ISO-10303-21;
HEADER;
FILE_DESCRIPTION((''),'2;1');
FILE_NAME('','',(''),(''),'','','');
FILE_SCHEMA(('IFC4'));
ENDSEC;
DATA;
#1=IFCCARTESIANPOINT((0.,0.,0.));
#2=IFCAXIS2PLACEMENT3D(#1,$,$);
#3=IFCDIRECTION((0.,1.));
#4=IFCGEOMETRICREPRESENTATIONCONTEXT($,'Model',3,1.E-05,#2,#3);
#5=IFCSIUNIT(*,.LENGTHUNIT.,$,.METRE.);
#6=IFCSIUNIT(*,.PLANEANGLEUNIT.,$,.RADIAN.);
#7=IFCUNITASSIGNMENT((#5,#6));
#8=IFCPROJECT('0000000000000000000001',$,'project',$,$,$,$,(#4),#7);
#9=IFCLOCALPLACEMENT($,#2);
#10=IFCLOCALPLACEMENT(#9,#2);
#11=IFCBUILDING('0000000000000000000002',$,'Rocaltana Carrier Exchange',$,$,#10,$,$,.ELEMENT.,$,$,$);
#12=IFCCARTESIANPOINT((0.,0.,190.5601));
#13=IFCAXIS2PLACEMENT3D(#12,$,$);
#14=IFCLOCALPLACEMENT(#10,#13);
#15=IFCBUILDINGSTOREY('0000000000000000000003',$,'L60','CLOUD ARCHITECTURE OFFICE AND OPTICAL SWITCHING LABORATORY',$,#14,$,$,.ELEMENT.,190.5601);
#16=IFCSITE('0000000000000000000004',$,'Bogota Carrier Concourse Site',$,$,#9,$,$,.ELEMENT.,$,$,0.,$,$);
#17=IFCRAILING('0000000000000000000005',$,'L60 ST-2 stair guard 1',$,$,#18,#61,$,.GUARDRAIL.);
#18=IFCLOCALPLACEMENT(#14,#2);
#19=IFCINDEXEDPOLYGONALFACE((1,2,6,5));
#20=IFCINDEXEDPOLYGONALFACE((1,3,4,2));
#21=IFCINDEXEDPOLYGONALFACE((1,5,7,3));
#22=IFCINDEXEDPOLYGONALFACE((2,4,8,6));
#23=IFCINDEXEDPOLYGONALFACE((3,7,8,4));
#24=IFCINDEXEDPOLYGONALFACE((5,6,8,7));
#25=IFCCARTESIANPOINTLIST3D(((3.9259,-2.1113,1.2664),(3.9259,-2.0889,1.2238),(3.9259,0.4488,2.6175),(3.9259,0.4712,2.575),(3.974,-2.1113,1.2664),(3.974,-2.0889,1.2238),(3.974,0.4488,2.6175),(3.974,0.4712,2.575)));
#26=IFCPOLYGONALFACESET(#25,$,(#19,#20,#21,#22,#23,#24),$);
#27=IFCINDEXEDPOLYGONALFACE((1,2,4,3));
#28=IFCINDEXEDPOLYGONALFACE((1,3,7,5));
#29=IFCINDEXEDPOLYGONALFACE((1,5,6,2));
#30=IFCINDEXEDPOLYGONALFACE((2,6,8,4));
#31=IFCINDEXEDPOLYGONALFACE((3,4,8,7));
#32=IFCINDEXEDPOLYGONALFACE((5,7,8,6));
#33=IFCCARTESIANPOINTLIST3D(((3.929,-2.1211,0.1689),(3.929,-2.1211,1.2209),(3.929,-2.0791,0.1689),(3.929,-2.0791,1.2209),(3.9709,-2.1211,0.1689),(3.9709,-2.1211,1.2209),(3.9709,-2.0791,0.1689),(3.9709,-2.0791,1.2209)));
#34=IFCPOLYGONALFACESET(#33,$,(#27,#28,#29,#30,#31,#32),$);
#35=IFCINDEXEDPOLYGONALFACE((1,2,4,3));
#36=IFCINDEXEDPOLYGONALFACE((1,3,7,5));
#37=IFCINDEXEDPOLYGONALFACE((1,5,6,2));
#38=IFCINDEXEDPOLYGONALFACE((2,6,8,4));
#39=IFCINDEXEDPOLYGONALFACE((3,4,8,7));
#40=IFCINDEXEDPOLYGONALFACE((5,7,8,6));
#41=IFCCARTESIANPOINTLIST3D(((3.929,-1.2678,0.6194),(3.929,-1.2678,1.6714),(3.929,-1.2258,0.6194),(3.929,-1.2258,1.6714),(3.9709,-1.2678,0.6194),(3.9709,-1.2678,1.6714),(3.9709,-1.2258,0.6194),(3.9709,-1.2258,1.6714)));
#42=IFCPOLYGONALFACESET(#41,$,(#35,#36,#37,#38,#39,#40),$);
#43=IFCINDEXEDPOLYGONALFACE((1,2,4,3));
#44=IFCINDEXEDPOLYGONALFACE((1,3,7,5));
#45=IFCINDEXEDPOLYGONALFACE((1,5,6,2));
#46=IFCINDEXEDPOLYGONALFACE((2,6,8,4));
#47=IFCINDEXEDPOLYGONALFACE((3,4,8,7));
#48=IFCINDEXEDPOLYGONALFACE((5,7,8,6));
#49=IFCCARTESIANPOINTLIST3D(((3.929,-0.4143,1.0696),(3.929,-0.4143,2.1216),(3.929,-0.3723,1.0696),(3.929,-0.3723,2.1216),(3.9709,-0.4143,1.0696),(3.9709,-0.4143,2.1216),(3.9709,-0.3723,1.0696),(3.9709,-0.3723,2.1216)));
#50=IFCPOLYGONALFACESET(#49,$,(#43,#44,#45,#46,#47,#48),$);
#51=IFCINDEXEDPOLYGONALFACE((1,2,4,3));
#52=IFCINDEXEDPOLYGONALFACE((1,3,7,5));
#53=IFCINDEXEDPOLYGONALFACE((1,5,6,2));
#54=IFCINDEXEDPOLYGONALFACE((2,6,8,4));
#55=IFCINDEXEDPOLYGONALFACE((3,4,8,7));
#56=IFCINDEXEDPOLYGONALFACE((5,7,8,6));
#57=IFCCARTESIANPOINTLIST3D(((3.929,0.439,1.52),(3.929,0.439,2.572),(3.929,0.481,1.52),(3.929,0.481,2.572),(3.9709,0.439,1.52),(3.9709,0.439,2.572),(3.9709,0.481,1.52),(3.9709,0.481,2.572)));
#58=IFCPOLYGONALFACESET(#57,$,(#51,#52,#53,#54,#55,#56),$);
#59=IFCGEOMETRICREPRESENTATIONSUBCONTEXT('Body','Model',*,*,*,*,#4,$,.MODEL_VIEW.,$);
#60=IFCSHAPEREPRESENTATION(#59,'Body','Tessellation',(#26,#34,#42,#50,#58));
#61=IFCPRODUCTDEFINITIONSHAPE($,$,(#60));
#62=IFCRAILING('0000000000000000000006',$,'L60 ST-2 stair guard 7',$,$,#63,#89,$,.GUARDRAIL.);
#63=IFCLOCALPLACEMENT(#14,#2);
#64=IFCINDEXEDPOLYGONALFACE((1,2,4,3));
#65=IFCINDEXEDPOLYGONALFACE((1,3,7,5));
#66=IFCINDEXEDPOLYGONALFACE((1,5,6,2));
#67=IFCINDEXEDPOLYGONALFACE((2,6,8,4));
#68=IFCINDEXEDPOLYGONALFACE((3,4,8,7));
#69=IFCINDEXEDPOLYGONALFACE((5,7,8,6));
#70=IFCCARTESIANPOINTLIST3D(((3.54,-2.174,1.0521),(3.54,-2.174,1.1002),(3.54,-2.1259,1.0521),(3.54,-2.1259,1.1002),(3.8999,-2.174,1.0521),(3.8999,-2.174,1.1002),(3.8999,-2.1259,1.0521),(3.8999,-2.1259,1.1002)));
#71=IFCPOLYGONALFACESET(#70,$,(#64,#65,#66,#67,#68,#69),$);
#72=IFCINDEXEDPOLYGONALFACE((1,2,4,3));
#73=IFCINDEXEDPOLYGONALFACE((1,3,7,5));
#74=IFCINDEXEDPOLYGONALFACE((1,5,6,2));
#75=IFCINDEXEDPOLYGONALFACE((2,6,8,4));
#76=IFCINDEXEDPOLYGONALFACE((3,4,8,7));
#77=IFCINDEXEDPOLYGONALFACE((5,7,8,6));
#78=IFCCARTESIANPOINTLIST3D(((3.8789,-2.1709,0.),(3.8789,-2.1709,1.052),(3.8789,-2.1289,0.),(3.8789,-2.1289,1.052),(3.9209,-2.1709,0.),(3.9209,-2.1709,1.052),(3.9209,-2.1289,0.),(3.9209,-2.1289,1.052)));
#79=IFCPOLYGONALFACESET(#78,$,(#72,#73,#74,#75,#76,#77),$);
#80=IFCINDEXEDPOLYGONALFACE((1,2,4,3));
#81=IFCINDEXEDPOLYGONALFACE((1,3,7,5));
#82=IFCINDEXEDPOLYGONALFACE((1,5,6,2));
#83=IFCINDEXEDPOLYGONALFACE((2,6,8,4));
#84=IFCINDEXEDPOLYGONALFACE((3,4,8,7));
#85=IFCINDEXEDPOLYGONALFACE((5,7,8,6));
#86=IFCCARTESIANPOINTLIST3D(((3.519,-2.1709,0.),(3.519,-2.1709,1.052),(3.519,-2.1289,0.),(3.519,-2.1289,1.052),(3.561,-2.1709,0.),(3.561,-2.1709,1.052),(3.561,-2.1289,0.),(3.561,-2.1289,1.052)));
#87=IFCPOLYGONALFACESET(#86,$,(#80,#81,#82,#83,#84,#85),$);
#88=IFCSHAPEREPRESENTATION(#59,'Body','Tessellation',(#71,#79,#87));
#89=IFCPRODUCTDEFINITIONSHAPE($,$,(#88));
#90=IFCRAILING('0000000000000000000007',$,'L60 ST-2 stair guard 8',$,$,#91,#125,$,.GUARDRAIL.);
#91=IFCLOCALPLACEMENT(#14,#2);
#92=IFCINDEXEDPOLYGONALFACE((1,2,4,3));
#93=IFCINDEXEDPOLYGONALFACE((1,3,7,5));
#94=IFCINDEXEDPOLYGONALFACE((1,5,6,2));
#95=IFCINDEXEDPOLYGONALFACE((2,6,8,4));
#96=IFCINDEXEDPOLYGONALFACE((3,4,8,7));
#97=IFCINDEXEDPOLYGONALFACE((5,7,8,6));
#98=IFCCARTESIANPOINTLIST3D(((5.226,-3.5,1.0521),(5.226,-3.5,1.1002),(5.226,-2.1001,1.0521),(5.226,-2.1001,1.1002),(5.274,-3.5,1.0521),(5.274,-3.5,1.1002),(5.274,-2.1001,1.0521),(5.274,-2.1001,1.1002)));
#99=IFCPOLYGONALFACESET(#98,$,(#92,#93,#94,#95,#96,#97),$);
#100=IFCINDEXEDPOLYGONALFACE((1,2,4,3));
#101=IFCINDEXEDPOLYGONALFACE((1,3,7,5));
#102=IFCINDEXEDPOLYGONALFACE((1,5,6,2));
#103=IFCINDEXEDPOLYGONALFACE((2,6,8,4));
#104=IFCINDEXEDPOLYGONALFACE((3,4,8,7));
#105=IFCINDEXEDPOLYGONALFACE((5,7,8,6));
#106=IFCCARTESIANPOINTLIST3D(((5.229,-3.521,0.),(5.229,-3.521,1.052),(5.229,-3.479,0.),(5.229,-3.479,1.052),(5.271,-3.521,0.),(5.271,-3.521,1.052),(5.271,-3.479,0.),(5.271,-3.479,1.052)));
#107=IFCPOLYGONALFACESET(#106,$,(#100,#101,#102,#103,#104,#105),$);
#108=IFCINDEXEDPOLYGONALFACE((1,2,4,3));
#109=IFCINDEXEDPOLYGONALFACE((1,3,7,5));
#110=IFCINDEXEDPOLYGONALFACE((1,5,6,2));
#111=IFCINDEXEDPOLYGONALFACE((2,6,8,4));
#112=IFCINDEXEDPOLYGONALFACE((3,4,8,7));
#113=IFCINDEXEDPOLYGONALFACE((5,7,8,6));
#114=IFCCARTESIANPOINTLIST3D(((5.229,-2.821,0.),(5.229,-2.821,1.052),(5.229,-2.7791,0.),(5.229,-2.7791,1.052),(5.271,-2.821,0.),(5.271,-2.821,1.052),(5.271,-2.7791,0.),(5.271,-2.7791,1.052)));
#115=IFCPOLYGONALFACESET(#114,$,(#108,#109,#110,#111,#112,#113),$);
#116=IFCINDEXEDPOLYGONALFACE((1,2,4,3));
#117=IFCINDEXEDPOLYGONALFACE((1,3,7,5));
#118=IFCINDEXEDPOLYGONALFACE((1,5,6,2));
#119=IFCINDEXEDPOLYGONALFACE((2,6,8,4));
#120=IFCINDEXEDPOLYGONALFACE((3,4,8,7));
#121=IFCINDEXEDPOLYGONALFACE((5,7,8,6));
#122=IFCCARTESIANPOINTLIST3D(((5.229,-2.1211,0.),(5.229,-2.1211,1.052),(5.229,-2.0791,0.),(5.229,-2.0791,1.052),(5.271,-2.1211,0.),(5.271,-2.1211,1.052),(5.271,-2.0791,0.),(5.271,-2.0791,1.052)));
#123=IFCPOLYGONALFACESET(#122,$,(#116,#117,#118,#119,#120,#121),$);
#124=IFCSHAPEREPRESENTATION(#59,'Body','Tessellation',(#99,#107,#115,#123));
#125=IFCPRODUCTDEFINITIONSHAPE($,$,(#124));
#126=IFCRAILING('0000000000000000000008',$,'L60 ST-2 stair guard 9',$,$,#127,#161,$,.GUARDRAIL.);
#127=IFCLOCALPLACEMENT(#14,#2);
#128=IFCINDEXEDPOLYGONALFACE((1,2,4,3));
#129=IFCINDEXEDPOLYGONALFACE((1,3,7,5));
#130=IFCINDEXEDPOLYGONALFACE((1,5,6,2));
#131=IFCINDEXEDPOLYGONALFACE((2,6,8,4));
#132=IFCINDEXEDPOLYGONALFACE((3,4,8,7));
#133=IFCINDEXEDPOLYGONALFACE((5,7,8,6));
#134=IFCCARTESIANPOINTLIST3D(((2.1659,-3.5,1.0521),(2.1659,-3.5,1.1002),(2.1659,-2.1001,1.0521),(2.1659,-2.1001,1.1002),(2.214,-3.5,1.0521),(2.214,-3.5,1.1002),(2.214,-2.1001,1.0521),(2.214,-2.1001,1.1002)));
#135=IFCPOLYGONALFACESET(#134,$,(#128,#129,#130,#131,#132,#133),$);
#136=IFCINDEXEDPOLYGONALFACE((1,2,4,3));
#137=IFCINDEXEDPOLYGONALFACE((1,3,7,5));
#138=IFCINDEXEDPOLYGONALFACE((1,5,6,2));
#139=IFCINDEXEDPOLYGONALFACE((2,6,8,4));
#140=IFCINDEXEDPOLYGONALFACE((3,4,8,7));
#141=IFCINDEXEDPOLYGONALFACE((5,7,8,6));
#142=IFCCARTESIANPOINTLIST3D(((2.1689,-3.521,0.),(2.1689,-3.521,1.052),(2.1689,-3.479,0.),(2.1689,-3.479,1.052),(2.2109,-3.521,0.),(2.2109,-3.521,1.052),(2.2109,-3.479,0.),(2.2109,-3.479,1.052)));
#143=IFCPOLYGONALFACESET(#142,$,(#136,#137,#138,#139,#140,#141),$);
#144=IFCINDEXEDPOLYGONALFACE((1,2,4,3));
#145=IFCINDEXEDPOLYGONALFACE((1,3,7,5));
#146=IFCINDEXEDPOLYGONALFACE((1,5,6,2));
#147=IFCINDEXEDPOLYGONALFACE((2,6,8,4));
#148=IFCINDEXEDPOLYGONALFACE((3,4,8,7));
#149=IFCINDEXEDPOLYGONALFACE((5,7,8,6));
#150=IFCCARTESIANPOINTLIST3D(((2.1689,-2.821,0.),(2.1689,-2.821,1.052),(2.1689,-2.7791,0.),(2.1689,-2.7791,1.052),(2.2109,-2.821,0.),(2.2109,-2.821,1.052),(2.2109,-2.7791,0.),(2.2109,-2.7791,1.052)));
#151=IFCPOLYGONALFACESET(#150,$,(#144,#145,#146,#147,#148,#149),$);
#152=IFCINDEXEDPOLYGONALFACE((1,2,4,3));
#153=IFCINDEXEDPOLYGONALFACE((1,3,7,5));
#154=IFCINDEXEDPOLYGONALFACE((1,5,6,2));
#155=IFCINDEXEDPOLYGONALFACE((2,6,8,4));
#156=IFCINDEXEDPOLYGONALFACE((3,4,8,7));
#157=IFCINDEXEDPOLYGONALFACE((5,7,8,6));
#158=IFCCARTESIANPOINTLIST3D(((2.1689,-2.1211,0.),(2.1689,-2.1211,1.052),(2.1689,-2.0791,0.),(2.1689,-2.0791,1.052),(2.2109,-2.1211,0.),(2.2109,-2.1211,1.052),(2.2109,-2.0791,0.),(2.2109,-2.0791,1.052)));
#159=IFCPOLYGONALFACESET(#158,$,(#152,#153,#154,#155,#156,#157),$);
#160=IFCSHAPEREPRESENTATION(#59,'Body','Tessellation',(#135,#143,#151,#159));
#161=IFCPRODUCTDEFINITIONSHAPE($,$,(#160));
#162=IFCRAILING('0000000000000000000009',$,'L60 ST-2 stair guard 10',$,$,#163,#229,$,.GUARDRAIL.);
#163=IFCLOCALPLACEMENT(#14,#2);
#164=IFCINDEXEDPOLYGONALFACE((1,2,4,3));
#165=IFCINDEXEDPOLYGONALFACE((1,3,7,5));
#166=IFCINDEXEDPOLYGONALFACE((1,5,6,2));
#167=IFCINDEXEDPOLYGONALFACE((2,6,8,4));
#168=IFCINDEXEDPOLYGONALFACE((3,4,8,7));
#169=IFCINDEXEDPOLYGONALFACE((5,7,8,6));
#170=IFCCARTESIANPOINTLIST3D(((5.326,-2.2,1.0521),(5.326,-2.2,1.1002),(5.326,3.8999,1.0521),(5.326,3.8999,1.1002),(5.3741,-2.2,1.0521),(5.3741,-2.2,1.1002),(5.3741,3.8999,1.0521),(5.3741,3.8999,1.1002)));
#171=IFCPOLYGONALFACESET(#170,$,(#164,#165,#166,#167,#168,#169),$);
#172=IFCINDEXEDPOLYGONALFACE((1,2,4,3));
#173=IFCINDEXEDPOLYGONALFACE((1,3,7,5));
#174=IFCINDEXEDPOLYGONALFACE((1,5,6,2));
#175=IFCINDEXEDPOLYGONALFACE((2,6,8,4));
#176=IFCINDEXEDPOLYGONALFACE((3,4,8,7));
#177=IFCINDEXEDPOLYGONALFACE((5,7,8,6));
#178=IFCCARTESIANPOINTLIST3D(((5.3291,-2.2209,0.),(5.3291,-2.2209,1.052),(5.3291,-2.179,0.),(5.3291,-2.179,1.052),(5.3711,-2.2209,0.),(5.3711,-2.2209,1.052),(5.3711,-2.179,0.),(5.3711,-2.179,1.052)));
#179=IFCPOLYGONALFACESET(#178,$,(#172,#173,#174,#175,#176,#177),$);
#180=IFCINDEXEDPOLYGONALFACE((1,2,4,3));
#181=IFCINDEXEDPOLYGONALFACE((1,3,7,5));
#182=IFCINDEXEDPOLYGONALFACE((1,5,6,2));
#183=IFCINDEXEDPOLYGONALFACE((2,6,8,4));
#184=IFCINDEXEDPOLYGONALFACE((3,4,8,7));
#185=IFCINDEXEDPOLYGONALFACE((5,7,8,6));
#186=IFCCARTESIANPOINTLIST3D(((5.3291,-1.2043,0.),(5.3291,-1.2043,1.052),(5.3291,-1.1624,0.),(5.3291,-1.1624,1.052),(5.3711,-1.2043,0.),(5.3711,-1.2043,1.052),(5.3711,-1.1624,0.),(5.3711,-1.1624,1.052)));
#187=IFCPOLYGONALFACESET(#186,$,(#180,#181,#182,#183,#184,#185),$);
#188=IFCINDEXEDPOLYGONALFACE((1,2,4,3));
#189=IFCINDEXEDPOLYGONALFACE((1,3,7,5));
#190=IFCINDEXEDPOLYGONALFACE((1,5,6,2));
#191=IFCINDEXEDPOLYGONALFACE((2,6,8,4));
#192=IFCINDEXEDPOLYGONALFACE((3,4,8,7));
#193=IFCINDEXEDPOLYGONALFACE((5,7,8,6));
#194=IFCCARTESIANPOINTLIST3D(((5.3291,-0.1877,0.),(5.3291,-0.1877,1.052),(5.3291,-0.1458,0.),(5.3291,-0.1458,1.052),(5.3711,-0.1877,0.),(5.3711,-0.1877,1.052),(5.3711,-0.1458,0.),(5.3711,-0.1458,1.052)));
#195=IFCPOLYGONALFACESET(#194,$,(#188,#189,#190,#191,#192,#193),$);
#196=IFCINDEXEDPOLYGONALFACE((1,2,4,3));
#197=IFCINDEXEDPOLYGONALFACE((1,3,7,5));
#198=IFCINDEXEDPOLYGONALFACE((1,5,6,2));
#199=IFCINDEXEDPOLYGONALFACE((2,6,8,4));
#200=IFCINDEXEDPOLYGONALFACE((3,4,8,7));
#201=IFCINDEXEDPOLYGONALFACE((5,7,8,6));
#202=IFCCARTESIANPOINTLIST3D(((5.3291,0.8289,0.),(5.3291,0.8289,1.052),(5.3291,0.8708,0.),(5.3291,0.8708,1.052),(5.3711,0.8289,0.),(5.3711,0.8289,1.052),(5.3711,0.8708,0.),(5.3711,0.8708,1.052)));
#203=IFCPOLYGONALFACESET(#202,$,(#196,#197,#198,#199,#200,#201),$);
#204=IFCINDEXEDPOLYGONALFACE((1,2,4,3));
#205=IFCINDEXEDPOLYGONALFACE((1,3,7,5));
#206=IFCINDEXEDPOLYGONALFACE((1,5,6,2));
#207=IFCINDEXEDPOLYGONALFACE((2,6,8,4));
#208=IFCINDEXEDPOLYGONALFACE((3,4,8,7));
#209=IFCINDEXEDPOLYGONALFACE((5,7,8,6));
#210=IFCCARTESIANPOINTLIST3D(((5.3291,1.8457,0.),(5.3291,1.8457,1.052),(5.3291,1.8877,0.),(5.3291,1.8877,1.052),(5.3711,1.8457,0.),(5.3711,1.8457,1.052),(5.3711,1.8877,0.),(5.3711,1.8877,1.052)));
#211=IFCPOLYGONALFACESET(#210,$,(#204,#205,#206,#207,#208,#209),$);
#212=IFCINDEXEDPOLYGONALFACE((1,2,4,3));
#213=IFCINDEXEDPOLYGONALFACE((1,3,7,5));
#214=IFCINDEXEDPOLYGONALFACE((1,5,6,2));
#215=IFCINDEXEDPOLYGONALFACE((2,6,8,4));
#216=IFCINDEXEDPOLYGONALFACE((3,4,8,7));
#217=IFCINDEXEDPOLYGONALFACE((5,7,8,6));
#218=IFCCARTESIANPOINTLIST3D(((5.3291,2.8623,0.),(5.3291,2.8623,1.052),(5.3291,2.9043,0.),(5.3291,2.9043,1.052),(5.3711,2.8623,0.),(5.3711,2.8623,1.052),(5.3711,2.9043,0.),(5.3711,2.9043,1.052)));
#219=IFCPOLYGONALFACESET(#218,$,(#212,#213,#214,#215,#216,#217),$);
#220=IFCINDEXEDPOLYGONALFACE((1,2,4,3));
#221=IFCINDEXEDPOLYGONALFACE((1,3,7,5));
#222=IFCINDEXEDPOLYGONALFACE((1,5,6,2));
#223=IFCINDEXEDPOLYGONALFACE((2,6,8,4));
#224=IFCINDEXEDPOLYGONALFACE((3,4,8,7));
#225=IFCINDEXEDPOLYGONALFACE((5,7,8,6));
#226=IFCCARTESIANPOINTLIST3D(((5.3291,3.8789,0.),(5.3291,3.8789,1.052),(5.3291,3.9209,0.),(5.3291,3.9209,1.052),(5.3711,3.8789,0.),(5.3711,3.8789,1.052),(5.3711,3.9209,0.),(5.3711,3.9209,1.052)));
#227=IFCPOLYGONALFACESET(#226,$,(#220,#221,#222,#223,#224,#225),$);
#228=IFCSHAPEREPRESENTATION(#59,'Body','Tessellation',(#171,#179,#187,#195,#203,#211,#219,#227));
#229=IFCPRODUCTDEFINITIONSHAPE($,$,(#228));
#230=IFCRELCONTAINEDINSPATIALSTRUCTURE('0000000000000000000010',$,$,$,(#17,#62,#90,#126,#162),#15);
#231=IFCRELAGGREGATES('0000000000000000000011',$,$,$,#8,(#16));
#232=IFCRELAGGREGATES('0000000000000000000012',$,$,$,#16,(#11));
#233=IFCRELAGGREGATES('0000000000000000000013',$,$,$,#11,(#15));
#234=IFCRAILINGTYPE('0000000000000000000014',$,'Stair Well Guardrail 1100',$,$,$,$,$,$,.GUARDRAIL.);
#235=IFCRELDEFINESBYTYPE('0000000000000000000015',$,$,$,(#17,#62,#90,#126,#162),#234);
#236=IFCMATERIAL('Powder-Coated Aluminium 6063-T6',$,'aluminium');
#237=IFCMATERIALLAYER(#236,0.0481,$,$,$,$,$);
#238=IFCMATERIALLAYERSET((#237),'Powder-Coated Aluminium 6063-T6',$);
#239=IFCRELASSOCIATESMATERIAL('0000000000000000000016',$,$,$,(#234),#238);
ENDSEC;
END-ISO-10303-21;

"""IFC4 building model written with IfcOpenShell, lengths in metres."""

from ifc_helpers import new_model, si_unit, direction, frame, origin, origin_2d, place, context, subcontext, project, spatial, rectangle, extrude, material, layer, layer_set, type_object, element, save


model = new_model("IFC4")

# Units and contexts
model_context = context("Model", 3, precision=1e-05, world=origin(), true_north=direction((0.0, 1.0)))
body_context = subcontext(model_context, "Body", "Model", "MODEL_VIEW")
ifc_project = project(units=[si_unit("LENGTHUNIT", "METRE"), si_unit("PLANEANGLEUNIT", "RADIAN")], contexts=[model_context])

# Site, building, storey
site_placement = place(None, origin())
site = spatial("IfcSite", under=ifc_project, at=site_placement, Name="Bogota Carrier Concourse Site", CompositionType="ELEMENT", RefElevation=0.0)
building_placement = place(site_placement, origin())
building = spatial("IfcBuilding", under=site, at=building_placement, Name="Rocaltana Carrier Exchange", CompositionType="ELEMENT")
storey_placement = place(building_placement, frame((0.0, 0.0, 190.5601)))
storey = spatial("IfcBuildingStorey", under=building, at=storey_placement, Name="L60", Description="CLOUD ARCHITECTURE OFFICE AND OPTICAL SWITCHING LABORATORY", CompositionType="ELEMENT", Elevation=190.5601)

# Railings
ifc_material_1 = material(Name="Powder-Coated Aluminium 6063-T6", Category="aluminium")
ifc_layer_1 = layer(ifc_material_1, 0.0481)
ifc_layer_set_1 = layer_set([ifc_layer_1], Name="Powder-Coated Aluminium 6063-T6")
railing_type_1 = type_object("IfcRailingType", Name="Stair Well Guardrail 1100", PredefinedType="GUARDRAIL", material=ifc_layer_set_1)
railing_1_placement = place(storey_placement, frame((3.95, -2.1001, 0.1689)))
element("IfcRailing", 1, at=railing_1_placement, inside=storey, type_object=railing_type_1, Name="L60 ST-2 stair guard 1", PredefinedType="GUARDRAIL", context=body_context, shape_type="SweptSolid", body=[
    extrude(rectangle(XDim=0.0481, YDim=0.0481, at=origin_2d()), frame((0.0, 0.0, 1.0762), z_axis=(0.0, 0.884394, 0.46674), x_axis=(-1.0, 0.0, 0.0)), (0.0, 0.0, 1.0), 2.8948),
    extrude(rectangle(XDim=0.042, YDim=0.042, at=origin_2d()), origin(), (0.0, 0.0, 1.0), 1.052),
    extrude(rectangle(XDim=0.042, YDim=0.042, at=origin_2d()), frame((0.0, 0.8533, 0.4504)), (0.0, 0.0, 1.0), 1.052),
    extrude(rectangle(XDim=0.042, YDim=0.042, at=origin_2d()), frame((0.0, 1.7068, 0.9006)), (0.0, 0.0, 1.0), 1.052),
    extrude(rectangle(XDim=0.042, YDim=0.042, at=origin_2d()), frame((0.0, 2.5601, 1.3511)), (0.0, 0.0, 1.0), 1.052),
])
railing_2_placement = place(storey_placement, frame((3.8999, -2.1499, 0.0)))
element("IfcRailing", 2, at=railing_2_placement, inside=storey, type_object=railing_type_1, Name="L60 ST-2 stair guard 7", PredefinedType="GUARDRAIL", context=body_context, shape_type="SweptSolid", body=[
    extrude(rectangle(XDim=0.0481, YDim=0.0481, at=origin_2d()), frame((0.0, 0.0, 1.0762), z_axis=(-1.0, 0.0, 0.0), x_axis=(0.0, -1.0, 0.0)), (0.0, 0.0, 1.0), 0.3599),
    extrude(rectangle(XDim=0.042, YDim=0.042, at=origin_2d()), origin(), (0.0, 0.0, 1.0), 1.052),
    extrude(rectangle(XDim=0.042, YDim=0.042, at=origin_2d()), frame((-0.3599, 0.0, 0.0)), (0.0, 0.0, 1.0), 1.052),
])
for number, where, name in (
    (3, (5.25, -3.5, 0.0), "L60 ST-2 stair guard 8"),
    (4, (2.1899, -3.5, 0.0), "L60 ST-2 stair guard 9"),
):
    element("IfcRailing", number, at=place(storey_placement, frame(where)), inside=storey, type_object=railing_type_1, Name=name, PredefinedType="GUARDRAIL", context=body_context, shape_type="SweptSolid", body=[
        extrude(rectangle(XDim=0.0481, YDim=0.0481, at=origin_2d()), frame((0.0, 0.0, 1.0762), z_axis=(0.0, 1.0, 0.0), x_axis=(-1.0, 0.0, 0.0)), (0.0, 0.0, 1.0), 1.3999),
        extrude(rectangle(XDim=0.042, YDim=0.042, at=origin_2d()), origin(), (0.0, 0.0, 1.0), 1.052),
        extrude(rectangle(XDim=0.042, YDim=0.042, at=origin_2d()), frame((0.0, 0.7, 0.0)), (0.0, 0.0, 1.0), 1.052),
        extrude(rectangle(XDim=0.042, YDim=0.042, at=origin_2d()), frame((0.0, 1.3999, 0.0)), (0.0, 0.0, 1.0), 1.052),
    ])
for number, where, name in (
    (5, (5.3501, -2.2, 0.0), "L60 ST-2 stair guard 10"),
):
    element("IfcRailing", number, at=place(storey_placement, frame(where)), inside=storey, type_object=railing_type_1, Name=name, PredefinedType="GUARDRAIL", context=body_context, shape_type="SweptSolid", body=[
        extrude(rectangle(XDim=0.0481, YDim=0.0481, at=origin_2d()), frame((0.0, 0.0, 1.0762), z_axis=(0.0, 1.0, 0.0), x_axis=(-1.0, 0.0, 0.0)), (0.0, 0.0, 1.0), 6.0999),
        extrude(rectangle(XDim=0.042, YDim=0.042, at=origin_2d()), origin(), (0.0, 0.0, 1.0), 1.052),
        extrude(rectangle(XDim=0.042, YDim=0.042, at=origin_2d()), frame((0.0, 1.0166, 0.0)), (0.0, 0.0, 1.0), 1.052),
        extrude(rectangle(XDim=0.042, YDim=0.042, at=origin_2d()), frame((0.0, 2.0332, 0.0)), (0.0, 0.0, 1.0), 1.052),
        extrude(rectangle(XDim=0.042, YDim=0.042, at=origin_2d()), frame((0.0, 3.0498, 0.0)), (0.0, 0.0, 1.0), 1.052),
        extrude(rectangle(XDim=0.042, YDim=0.042, at=origin_2d()), frame((0.0, 4.0667, 0.0)), (0.0, 0.0, 1.0), 1.052),
        extrude(rectangle(XDim=0.042, YDim=0.042, at=origin_2d()), frame((0.0, 5.0833, 0.0)), (0.0, 0.0, 1.0), 1.052),
        extrude(rectangle(XDim=0.042, YDim=0.042, at=origin_2d()), frame((0.0, 6.0999, 0.0)), (0.0, 0.0, 1.0), 1.052),
    ])

save(model, "model.ifc")
